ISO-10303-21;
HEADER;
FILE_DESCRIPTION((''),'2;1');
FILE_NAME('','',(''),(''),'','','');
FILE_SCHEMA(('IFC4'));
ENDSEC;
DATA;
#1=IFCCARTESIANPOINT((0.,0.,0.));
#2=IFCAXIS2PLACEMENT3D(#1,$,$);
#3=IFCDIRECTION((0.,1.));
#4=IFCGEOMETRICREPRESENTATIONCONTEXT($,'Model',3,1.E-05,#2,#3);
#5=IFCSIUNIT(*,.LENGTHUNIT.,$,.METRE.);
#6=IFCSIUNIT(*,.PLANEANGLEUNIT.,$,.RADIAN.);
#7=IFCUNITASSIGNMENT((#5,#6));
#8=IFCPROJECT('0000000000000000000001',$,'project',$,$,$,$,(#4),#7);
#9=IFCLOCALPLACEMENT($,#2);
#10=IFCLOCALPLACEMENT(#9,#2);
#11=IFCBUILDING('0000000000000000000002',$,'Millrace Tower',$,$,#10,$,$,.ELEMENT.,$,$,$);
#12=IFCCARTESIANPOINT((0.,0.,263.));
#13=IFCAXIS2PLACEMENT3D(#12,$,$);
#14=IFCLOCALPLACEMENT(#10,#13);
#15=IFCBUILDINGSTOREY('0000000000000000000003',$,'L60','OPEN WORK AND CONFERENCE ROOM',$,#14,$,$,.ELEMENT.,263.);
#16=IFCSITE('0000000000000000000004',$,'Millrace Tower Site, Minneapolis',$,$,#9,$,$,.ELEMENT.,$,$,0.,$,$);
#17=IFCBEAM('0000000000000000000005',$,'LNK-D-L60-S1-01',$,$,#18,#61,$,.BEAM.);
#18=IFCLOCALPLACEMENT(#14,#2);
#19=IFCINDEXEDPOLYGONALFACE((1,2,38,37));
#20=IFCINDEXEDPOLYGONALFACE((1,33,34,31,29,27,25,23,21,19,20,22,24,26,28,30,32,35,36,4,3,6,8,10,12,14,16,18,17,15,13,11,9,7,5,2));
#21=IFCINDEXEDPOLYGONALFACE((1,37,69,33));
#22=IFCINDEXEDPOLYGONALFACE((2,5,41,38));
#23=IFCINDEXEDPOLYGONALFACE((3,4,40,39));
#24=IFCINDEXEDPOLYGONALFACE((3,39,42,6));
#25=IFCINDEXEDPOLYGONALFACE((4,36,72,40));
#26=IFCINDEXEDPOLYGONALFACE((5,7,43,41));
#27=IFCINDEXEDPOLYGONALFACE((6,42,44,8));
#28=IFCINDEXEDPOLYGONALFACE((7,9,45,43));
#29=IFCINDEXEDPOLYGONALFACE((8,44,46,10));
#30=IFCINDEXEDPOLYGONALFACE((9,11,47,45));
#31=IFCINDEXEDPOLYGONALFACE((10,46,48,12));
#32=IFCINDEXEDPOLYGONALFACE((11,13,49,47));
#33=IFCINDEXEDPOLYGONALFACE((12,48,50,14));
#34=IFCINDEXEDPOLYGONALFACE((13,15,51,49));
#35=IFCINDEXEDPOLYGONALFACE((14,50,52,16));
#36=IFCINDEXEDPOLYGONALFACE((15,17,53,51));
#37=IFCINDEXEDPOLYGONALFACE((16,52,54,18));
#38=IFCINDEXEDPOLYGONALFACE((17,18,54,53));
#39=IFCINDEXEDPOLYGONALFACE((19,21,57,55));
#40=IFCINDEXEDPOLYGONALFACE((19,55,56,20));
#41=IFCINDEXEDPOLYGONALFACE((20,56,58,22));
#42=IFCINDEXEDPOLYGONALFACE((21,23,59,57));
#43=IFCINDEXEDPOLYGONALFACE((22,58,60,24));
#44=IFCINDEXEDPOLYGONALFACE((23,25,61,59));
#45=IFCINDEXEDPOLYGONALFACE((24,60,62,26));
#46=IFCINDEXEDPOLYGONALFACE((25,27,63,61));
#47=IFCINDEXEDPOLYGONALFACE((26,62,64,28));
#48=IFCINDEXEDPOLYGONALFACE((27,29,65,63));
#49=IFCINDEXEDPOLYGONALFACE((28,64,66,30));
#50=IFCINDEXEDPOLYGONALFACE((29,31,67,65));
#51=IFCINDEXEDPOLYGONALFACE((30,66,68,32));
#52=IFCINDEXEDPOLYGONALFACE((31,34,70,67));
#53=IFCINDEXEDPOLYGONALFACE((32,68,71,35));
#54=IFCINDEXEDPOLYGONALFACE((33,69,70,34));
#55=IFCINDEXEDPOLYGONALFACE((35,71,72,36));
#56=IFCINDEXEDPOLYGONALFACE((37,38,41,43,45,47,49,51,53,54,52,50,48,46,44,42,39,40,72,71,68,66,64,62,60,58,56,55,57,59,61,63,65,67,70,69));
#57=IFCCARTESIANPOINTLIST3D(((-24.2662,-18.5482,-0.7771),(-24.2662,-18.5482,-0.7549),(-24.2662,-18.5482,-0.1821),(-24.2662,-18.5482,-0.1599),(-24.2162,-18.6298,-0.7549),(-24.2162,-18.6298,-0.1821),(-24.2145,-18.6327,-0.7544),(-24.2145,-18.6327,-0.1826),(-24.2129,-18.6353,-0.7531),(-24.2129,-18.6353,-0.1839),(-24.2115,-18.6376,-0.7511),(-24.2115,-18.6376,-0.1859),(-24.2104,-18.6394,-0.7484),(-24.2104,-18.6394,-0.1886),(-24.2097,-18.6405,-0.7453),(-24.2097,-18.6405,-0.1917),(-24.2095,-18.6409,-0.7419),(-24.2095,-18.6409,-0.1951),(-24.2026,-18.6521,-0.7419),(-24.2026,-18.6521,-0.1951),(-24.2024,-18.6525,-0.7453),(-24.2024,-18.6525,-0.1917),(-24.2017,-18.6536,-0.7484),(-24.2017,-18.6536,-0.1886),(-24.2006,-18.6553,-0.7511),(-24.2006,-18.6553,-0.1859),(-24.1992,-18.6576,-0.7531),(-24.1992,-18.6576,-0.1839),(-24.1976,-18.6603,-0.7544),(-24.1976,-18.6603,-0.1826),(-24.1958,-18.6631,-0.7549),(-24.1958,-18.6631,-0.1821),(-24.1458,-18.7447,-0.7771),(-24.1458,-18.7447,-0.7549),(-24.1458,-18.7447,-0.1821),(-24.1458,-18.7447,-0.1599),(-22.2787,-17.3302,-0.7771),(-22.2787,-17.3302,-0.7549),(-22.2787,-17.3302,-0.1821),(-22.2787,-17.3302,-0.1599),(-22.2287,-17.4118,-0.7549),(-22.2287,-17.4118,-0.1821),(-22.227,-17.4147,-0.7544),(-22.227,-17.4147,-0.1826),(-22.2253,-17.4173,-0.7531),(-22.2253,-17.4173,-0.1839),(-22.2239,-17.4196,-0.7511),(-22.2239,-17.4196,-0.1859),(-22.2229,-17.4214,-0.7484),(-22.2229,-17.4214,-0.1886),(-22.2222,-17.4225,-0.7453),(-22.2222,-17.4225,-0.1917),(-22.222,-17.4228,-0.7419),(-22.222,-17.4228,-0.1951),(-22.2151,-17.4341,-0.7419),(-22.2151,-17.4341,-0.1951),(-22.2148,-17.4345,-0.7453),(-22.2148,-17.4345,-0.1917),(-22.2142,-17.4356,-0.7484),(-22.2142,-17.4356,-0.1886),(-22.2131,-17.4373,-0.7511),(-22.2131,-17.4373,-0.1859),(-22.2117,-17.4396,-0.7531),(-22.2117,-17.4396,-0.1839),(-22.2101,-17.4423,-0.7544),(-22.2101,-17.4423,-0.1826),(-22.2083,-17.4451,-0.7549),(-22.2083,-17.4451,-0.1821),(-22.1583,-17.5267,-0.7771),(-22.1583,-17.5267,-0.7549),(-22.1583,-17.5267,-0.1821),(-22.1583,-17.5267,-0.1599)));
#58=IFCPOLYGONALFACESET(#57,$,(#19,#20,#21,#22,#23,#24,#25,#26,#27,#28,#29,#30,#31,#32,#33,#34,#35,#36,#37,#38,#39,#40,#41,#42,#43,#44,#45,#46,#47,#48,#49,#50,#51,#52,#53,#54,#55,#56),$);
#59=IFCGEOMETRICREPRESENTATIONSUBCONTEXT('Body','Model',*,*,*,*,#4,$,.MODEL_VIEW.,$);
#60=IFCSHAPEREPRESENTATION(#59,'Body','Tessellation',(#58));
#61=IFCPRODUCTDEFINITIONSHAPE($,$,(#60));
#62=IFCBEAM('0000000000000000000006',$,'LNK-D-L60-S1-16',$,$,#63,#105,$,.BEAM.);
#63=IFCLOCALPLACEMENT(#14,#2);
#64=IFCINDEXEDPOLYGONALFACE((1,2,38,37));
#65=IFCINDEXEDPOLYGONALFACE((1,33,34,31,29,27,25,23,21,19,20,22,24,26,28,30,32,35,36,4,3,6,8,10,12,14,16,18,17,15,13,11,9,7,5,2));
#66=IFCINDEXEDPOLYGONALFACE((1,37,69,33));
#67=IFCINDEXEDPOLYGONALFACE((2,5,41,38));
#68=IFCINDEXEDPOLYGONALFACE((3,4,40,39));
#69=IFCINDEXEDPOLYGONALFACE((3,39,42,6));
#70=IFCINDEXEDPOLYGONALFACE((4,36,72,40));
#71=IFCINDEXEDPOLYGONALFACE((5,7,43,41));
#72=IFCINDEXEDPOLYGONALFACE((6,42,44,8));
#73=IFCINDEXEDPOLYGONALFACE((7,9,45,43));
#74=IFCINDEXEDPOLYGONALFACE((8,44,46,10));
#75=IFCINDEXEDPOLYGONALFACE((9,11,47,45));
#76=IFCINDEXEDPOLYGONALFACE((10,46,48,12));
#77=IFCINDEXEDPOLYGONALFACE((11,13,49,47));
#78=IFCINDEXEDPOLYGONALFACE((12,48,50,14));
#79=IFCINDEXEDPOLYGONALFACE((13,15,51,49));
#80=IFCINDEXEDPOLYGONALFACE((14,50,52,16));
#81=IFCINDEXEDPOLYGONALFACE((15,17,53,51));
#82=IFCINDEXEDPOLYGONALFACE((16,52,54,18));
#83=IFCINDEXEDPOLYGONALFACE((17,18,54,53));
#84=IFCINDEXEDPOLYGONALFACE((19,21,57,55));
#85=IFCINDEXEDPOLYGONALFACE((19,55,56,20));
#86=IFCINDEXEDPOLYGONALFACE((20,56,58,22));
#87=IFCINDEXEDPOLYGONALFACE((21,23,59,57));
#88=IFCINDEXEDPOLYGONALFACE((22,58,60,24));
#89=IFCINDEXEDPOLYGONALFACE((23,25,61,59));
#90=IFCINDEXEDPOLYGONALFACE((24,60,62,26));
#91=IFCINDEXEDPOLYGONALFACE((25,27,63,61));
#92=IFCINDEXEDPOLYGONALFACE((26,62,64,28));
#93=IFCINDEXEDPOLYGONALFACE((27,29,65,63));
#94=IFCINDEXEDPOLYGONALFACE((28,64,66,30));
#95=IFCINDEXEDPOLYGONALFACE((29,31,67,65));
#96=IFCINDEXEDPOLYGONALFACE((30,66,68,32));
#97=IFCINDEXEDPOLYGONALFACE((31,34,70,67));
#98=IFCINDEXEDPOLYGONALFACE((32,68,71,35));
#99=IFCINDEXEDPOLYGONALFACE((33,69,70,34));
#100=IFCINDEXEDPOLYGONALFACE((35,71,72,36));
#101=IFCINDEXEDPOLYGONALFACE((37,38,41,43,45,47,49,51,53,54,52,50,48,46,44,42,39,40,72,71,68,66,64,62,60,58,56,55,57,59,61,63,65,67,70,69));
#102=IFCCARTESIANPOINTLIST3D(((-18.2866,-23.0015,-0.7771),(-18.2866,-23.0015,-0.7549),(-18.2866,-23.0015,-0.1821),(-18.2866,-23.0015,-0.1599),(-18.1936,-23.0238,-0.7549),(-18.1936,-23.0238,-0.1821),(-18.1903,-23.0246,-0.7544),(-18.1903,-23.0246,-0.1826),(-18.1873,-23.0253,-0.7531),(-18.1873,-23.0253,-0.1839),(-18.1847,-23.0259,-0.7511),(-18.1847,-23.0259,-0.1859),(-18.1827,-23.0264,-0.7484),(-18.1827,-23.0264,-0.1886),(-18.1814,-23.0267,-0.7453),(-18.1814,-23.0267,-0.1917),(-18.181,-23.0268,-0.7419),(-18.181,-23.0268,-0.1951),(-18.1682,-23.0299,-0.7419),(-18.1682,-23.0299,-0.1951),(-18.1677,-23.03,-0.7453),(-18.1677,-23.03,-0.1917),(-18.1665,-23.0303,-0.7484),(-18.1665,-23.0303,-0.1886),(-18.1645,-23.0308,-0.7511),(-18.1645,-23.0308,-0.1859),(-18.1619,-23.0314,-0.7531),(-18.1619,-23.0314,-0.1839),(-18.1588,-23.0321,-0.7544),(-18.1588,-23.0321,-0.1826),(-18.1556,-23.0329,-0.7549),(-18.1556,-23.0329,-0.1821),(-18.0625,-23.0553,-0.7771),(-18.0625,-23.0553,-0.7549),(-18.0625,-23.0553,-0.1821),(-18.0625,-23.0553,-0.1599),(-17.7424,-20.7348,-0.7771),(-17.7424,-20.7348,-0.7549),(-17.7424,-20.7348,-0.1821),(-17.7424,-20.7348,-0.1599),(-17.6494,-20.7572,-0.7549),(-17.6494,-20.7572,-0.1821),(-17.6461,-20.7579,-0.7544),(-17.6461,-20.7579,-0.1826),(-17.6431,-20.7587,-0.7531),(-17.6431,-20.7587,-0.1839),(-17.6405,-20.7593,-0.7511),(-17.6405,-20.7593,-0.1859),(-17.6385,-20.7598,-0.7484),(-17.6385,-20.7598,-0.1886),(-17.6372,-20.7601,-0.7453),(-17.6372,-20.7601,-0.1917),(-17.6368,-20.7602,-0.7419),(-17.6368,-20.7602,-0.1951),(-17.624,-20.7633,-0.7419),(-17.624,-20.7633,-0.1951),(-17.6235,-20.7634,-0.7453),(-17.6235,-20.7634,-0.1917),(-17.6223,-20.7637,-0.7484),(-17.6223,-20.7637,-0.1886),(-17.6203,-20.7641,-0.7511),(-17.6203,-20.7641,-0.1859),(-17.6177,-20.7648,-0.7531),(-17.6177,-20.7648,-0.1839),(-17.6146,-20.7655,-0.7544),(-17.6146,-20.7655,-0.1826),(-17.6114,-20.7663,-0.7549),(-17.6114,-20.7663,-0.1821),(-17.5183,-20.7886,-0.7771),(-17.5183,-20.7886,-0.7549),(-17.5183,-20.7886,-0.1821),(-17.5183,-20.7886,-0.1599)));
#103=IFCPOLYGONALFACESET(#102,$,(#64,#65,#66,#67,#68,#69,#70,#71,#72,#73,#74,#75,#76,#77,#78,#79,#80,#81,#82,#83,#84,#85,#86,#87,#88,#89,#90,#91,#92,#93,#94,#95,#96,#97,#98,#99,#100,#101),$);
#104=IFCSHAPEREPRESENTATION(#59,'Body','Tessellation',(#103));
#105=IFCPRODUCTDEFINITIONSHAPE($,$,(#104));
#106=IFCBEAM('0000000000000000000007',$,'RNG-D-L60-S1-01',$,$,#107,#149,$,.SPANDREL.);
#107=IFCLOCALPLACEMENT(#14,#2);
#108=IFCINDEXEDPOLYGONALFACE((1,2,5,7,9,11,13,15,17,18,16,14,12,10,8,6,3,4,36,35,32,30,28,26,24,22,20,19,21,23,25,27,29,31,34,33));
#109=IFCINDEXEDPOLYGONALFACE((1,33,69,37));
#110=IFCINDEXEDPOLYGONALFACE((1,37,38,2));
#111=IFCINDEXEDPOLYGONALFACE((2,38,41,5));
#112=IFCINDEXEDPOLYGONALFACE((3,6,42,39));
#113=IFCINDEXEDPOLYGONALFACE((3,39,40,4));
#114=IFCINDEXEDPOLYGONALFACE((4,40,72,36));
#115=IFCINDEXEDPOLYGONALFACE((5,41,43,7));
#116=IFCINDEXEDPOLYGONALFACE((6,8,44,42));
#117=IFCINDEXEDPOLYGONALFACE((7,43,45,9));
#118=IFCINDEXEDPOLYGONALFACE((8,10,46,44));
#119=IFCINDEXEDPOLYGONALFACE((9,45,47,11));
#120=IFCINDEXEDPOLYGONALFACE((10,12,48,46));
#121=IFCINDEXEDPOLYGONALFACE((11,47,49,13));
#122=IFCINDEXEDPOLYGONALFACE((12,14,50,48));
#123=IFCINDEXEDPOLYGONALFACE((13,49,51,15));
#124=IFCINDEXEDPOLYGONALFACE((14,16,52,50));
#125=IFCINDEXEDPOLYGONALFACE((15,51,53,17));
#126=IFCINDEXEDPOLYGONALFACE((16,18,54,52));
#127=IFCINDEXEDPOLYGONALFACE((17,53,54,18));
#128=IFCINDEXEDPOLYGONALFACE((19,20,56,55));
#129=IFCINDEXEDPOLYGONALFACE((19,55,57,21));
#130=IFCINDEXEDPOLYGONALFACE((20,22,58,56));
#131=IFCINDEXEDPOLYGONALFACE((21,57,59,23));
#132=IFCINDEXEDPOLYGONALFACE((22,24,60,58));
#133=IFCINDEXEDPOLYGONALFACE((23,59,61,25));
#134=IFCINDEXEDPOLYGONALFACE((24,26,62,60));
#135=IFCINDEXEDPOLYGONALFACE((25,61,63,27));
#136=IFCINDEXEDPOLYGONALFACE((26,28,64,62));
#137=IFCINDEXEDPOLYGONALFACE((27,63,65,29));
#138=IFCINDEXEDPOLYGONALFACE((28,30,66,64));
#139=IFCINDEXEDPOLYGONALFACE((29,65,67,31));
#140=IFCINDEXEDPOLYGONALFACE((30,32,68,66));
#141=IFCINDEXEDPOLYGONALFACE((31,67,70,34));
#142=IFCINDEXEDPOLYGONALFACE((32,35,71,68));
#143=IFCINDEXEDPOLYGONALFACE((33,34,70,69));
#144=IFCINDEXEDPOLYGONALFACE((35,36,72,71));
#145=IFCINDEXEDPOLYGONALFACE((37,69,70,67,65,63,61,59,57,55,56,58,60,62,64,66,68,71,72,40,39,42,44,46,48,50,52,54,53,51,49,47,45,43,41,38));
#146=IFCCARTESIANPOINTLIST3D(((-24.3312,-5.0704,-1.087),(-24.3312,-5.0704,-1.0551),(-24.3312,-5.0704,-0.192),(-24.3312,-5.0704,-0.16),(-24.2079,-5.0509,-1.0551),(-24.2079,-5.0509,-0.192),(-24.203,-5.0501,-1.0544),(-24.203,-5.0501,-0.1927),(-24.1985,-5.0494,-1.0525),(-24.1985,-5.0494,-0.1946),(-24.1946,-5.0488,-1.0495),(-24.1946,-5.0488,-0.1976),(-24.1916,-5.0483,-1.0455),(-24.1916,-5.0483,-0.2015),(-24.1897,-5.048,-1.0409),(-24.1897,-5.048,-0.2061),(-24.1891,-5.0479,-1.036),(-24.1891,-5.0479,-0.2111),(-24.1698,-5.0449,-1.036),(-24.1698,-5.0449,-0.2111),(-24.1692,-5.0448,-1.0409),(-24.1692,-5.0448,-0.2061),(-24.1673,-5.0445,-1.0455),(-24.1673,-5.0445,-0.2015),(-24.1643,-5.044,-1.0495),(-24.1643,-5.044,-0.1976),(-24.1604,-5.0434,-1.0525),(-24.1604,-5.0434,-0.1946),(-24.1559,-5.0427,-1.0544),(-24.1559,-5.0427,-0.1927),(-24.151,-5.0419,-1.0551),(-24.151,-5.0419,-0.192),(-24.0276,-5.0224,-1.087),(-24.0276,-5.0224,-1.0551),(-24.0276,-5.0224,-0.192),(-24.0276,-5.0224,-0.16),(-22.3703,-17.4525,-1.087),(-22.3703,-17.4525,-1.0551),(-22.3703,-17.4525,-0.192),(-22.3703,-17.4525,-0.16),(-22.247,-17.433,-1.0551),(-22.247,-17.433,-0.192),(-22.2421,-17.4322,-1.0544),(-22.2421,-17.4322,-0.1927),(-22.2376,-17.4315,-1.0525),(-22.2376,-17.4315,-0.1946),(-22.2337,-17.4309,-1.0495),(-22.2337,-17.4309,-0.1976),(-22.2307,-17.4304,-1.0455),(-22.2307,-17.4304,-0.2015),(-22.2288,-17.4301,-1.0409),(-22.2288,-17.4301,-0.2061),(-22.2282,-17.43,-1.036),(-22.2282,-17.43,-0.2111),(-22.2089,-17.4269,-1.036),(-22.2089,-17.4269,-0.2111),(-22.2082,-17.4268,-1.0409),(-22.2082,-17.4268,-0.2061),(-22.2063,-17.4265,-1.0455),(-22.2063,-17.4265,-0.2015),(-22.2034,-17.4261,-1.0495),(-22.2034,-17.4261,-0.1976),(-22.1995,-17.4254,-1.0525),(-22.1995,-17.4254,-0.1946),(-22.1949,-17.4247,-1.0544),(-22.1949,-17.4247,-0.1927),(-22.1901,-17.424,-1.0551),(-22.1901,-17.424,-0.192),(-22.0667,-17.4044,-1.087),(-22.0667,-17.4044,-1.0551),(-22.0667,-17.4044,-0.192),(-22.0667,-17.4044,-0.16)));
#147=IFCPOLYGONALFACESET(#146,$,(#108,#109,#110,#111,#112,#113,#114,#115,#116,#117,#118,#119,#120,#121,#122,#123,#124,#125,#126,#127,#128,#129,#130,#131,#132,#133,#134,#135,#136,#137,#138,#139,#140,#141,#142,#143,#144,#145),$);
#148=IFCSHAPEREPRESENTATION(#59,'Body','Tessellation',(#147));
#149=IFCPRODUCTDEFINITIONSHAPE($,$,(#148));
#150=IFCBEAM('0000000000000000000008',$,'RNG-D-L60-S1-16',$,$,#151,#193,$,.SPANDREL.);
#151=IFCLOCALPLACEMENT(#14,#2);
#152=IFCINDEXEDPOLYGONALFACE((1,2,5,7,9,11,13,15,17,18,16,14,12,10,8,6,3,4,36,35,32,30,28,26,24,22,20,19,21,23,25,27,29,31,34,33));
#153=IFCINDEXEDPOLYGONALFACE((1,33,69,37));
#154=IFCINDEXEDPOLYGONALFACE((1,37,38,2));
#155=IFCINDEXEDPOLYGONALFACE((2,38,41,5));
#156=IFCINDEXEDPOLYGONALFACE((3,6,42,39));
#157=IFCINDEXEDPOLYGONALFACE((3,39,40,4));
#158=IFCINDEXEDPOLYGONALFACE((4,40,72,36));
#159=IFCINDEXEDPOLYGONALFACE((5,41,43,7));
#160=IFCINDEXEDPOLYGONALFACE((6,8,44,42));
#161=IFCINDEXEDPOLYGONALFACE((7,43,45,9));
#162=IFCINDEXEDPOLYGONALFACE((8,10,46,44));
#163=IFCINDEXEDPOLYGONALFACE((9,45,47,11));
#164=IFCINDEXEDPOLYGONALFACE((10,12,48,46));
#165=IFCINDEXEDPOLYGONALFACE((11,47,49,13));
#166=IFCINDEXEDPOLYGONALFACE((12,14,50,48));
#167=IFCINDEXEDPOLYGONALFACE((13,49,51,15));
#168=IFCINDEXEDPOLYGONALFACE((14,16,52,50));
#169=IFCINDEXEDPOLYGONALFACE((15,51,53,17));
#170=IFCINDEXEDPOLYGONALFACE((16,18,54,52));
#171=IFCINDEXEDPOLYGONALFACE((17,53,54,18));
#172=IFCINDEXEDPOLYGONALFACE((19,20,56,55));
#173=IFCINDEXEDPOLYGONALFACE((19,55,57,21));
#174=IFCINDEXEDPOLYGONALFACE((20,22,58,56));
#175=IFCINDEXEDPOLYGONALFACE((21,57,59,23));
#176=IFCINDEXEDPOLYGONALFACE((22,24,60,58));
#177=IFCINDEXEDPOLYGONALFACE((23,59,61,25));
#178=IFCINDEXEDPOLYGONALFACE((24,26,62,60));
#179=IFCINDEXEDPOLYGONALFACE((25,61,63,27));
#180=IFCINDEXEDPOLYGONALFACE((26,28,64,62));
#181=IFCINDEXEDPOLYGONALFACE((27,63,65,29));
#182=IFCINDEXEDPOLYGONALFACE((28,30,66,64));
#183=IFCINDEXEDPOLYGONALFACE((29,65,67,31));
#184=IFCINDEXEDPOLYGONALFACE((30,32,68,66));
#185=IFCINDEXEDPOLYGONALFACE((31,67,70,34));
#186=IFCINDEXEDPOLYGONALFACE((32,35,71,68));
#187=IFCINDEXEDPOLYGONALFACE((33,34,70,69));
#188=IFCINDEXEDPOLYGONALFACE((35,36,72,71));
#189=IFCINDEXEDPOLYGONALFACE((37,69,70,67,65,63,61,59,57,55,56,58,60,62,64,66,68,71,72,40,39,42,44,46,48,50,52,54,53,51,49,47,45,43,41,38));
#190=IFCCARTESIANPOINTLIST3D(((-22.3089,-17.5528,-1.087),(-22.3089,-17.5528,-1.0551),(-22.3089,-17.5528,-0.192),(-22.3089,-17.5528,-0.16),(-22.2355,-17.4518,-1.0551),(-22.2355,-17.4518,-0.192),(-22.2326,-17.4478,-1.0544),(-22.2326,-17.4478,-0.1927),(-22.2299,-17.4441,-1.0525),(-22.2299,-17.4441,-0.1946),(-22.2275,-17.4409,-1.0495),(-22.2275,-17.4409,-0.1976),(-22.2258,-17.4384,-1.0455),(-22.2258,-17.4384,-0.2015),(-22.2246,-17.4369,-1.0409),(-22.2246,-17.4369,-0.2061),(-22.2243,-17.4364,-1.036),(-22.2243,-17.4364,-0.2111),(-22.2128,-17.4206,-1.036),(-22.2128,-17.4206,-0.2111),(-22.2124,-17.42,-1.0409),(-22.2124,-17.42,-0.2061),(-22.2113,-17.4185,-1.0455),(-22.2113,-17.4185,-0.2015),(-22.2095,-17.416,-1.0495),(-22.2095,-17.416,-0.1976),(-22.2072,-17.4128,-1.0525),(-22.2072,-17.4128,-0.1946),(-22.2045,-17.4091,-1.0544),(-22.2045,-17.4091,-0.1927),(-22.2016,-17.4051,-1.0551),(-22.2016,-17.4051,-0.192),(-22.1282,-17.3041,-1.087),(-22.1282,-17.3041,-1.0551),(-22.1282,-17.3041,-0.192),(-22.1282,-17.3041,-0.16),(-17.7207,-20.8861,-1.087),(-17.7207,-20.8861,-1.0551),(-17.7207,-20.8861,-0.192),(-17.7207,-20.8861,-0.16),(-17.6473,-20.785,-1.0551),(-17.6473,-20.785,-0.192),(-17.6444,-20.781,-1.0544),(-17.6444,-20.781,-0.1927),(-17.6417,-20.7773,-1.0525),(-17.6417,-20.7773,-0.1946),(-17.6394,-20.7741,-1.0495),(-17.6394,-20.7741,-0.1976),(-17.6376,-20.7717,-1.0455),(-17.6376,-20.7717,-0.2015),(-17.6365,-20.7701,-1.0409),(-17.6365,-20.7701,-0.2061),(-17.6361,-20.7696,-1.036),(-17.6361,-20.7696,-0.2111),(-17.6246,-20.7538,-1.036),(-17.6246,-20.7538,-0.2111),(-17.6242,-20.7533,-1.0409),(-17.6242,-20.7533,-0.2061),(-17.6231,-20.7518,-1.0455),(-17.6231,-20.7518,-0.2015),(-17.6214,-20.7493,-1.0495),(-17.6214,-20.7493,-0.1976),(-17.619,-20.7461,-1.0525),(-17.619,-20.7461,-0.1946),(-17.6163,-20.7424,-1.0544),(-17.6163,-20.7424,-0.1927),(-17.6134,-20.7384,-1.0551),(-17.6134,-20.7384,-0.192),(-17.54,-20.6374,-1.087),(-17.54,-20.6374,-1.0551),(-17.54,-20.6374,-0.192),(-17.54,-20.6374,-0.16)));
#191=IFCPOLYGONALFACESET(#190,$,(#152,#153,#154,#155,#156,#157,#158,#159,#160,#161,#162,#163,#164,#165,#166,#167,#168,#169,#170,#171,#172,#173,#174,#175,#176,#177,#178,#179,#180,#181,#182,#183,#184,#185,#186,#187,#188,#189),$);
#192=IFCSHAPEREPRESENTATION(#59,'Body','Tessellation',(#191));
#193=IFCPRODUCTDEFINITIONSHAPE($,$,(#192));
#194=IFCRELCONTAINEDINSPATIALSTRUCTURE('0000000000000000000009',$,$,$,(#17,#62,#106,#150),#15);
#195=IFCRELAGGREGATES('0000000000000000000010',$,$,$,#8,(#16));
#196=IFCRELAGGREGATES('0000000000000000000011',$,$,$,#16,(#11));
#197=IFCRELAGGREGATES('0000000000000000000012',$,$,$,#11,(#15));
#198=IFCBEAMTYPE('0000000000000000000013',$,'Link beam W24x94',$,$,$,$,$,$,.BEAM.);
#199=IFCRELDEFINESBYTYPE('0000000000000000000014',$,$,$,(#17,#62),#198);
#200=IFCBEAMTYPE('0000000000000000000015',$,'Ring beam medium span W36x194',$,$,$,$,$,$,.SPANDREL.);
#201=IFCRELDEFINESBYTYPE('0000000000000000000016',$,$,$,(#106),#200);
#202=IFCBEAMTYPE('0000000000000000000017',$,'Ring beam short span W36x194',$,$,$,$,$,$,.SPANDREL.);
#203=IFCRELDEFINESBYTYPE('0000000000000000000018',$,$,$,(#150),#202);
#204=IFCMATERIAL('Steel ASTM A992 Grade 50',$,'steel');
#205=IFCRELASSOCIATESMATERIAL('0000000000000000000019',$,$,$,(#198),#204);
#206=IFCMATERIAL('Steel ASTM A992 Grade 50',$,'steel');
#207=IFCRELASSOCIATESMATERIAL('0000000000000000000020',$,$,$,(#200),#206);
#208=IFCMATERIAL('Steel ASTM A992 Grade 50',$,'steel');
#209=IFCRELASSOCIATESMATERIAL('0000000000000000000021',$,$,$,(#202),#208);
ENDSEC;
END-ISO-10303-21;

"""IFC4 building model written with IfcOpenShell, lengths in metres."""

from ifc_helpers import new_model, si_unit, direction, frame, origin, origin_2d, place, context, subcontext, project, spatial, i_section, extrude, material, material_profile, profile_set, type_object, element, save


model = new_model("IFC4")

# Units and contexts
model_context = context("Model", 3, precision=1e-05, world=origin(), true_north=direction((0.0, 1.0)))
body_context = subcontext(model_context, "Body", "Model", "MODEL_VIEW")
ifc_project = project(units=[si_unit("LENGTHUNIT", "METRE"), si_unit("PLANEANGLEUNIT", "RADIAN")], contexts=[model_context])

# Site, building, storey
site_placement = place(None, origin())
site = spatial("IfcSite", under=ifc_project, at=site_placement, Name="Millrace Tower Site, Minneapolis", CompositionType="ELEMENT", RefElevation=0.0)
building_placement = place(site_placement, origin())
building = spatial("IfcBuilding", under=site, at=building_placement, Name="Millrace Tower", CompositionType="ELEMENT")
storey_placement = place(building_placement, frame((0.0, 0.0, 263.0)))
storey = spatial("IfcBuildingStorey", under=building, at=storey_placement, Name="L60", Description="OPEN WORK AND CONFERENCE ROOM", CompositionType="ELEMENT", Elevation=263.0)

# Beams
ifc_material_1 = material(Name="Steel ASTM A992 Grade 50", Category="steel")
ifc_material_profile_1 = material_profile(ifc_material_1, i_section(OverallWidth=0.2305, OverallDepth=0.6172, WebThickness=0.0132, FlangeThickness=0.0222, FilletRadius=0.0129, at=origin_2d()))
ifc_profile_set_1 = profile_set([ifc_material_profile_1], Name="Steel ASTM A992 Grade 50")
beam_type_1 = type_object("IfcBeamType", Name="Link beam W24x94", PredefinedType="BEAM", material=ifc_profile_set_1)
for number, where, z_axis, x_axis, name in (
    (1, (-22.2185, -17.4285, -0.4685), (-0.852631, -0.522513, 0.0), (0.522513, -0.852631, 0.0), "LNK-D-L60-S1-01"),
    (2, (-17.6304, -20.7617, -0.4685), (-0.233456, -0.972367, 0.0), (0.972367, -0.233456, 0.0), "LNK-D-L60-S1-16"),
):
    element("IfcBeam", number, at=place(storey_placement, frame(where, z_axis=z_axis, x_axis=x_axis)), inside=storey, type_object=beam_type_1, Name=name, PredefinedType="BEAM", context=body_context, shape_type="SweptSolid", body=[
        extrude(i_section(OverallWidth=0.2305, OverallDepth=0.6172, WebThickness=0.0132, FlangeThickness=0.0222, FilletRadius=0.0129, at=origin_2d()), origin(), (0.0, 0.0, 1.0), 2.3311),
    ])
ifc_material_2 = material(Name="Steel ASTM A992 Grade 50", Category="steel")
ifc_material_profile_2 = material_profile(ifc_material_2, i_section(OverallWidth=0.3074, OverallDepth=0.927, WebThickness=0.0195, FlangeThickness=0.032, FilletRadius=0.019, at=origin_2d()))
ifc_profile_set_2 = profile_set([ifc_material_profile_2], Name="Steel ASTM A992 Grade 50")
beam_type_2 = type_object("IfcBeamType", Name="Ring beam medium span W36x194", PredefinedType="SPANDREL", material=ifc_profile_set_2)
beam_1_placement = place(storey_placement, frame((-22.2185, -17.4285, -0.6235), z_axis=(-0.15642, 0.987691, 0.0), x_axis=(-0.987691, -0.15642, 0.0)))
element("IfcBeam", 3, at=beam_1_placement, inside=storey, type_object=beam_type_2, Name="RNG-D-L60-S1-01", PredefinedType="SPANDREL", context=body_context, shape_type="SweptSolid", body=[
    extrude(i_section(OverallWidth=0.3074, OverallDepth=0.927, WebThickness=0.0195, FlangeThickness=0.032, FilletRadius=0.019, at=origin_2d()), origin(), (0.0, 0.0, 1.0), 12.5364),
])
ifc_material_3 = material(Name="Steel ASTM A992 Grade 50", Category="steel")
ifc_material_profile_3 = material_profile(ifc_material_3, i_section(OverallWidth=0.3074, OverallDepth=0.927, WebThickness=0.0195, FlangeThickness=0.032, FilletRadius=0.019, at=origin_2d()))
ifc_profile_set_3 = profile_set([ifc_material_profile_3], Name="Steel ASTM A992 Grade 50")
beam_type_3 = type_object("IfcBeamType", Name="Ring beam short span W36x194", PredefinedType="SPANDREL", material=ifc_profile_set_3)
beam_2_placement = place(storey_placement, frame((-17.6304, -20.7617, -0.6235), z_axis=(-0.809036, 0.58776, 0.0), x_axis=(-0.58776, -0.809036, 0.0)))
element("IfcBeam", 4, at=beam_2_placement, inside=storey, type_object=beam_type_3, Name="RNG-D-L60-S1-16", PredefinedType="SPANDREL", context=body_context, shape_type="SweptSolid", body=[
    extrude(i_section(OverallWidth=0.3074, OverallDepth=0.927, WebThickness=0.0195, FlangeThickness=0.032, FilletRadius=0.019, at=origin_2d()), origin(), (0.0, 0.0, 1.0), 5.6711),
])

save(model, "model.ifc")
